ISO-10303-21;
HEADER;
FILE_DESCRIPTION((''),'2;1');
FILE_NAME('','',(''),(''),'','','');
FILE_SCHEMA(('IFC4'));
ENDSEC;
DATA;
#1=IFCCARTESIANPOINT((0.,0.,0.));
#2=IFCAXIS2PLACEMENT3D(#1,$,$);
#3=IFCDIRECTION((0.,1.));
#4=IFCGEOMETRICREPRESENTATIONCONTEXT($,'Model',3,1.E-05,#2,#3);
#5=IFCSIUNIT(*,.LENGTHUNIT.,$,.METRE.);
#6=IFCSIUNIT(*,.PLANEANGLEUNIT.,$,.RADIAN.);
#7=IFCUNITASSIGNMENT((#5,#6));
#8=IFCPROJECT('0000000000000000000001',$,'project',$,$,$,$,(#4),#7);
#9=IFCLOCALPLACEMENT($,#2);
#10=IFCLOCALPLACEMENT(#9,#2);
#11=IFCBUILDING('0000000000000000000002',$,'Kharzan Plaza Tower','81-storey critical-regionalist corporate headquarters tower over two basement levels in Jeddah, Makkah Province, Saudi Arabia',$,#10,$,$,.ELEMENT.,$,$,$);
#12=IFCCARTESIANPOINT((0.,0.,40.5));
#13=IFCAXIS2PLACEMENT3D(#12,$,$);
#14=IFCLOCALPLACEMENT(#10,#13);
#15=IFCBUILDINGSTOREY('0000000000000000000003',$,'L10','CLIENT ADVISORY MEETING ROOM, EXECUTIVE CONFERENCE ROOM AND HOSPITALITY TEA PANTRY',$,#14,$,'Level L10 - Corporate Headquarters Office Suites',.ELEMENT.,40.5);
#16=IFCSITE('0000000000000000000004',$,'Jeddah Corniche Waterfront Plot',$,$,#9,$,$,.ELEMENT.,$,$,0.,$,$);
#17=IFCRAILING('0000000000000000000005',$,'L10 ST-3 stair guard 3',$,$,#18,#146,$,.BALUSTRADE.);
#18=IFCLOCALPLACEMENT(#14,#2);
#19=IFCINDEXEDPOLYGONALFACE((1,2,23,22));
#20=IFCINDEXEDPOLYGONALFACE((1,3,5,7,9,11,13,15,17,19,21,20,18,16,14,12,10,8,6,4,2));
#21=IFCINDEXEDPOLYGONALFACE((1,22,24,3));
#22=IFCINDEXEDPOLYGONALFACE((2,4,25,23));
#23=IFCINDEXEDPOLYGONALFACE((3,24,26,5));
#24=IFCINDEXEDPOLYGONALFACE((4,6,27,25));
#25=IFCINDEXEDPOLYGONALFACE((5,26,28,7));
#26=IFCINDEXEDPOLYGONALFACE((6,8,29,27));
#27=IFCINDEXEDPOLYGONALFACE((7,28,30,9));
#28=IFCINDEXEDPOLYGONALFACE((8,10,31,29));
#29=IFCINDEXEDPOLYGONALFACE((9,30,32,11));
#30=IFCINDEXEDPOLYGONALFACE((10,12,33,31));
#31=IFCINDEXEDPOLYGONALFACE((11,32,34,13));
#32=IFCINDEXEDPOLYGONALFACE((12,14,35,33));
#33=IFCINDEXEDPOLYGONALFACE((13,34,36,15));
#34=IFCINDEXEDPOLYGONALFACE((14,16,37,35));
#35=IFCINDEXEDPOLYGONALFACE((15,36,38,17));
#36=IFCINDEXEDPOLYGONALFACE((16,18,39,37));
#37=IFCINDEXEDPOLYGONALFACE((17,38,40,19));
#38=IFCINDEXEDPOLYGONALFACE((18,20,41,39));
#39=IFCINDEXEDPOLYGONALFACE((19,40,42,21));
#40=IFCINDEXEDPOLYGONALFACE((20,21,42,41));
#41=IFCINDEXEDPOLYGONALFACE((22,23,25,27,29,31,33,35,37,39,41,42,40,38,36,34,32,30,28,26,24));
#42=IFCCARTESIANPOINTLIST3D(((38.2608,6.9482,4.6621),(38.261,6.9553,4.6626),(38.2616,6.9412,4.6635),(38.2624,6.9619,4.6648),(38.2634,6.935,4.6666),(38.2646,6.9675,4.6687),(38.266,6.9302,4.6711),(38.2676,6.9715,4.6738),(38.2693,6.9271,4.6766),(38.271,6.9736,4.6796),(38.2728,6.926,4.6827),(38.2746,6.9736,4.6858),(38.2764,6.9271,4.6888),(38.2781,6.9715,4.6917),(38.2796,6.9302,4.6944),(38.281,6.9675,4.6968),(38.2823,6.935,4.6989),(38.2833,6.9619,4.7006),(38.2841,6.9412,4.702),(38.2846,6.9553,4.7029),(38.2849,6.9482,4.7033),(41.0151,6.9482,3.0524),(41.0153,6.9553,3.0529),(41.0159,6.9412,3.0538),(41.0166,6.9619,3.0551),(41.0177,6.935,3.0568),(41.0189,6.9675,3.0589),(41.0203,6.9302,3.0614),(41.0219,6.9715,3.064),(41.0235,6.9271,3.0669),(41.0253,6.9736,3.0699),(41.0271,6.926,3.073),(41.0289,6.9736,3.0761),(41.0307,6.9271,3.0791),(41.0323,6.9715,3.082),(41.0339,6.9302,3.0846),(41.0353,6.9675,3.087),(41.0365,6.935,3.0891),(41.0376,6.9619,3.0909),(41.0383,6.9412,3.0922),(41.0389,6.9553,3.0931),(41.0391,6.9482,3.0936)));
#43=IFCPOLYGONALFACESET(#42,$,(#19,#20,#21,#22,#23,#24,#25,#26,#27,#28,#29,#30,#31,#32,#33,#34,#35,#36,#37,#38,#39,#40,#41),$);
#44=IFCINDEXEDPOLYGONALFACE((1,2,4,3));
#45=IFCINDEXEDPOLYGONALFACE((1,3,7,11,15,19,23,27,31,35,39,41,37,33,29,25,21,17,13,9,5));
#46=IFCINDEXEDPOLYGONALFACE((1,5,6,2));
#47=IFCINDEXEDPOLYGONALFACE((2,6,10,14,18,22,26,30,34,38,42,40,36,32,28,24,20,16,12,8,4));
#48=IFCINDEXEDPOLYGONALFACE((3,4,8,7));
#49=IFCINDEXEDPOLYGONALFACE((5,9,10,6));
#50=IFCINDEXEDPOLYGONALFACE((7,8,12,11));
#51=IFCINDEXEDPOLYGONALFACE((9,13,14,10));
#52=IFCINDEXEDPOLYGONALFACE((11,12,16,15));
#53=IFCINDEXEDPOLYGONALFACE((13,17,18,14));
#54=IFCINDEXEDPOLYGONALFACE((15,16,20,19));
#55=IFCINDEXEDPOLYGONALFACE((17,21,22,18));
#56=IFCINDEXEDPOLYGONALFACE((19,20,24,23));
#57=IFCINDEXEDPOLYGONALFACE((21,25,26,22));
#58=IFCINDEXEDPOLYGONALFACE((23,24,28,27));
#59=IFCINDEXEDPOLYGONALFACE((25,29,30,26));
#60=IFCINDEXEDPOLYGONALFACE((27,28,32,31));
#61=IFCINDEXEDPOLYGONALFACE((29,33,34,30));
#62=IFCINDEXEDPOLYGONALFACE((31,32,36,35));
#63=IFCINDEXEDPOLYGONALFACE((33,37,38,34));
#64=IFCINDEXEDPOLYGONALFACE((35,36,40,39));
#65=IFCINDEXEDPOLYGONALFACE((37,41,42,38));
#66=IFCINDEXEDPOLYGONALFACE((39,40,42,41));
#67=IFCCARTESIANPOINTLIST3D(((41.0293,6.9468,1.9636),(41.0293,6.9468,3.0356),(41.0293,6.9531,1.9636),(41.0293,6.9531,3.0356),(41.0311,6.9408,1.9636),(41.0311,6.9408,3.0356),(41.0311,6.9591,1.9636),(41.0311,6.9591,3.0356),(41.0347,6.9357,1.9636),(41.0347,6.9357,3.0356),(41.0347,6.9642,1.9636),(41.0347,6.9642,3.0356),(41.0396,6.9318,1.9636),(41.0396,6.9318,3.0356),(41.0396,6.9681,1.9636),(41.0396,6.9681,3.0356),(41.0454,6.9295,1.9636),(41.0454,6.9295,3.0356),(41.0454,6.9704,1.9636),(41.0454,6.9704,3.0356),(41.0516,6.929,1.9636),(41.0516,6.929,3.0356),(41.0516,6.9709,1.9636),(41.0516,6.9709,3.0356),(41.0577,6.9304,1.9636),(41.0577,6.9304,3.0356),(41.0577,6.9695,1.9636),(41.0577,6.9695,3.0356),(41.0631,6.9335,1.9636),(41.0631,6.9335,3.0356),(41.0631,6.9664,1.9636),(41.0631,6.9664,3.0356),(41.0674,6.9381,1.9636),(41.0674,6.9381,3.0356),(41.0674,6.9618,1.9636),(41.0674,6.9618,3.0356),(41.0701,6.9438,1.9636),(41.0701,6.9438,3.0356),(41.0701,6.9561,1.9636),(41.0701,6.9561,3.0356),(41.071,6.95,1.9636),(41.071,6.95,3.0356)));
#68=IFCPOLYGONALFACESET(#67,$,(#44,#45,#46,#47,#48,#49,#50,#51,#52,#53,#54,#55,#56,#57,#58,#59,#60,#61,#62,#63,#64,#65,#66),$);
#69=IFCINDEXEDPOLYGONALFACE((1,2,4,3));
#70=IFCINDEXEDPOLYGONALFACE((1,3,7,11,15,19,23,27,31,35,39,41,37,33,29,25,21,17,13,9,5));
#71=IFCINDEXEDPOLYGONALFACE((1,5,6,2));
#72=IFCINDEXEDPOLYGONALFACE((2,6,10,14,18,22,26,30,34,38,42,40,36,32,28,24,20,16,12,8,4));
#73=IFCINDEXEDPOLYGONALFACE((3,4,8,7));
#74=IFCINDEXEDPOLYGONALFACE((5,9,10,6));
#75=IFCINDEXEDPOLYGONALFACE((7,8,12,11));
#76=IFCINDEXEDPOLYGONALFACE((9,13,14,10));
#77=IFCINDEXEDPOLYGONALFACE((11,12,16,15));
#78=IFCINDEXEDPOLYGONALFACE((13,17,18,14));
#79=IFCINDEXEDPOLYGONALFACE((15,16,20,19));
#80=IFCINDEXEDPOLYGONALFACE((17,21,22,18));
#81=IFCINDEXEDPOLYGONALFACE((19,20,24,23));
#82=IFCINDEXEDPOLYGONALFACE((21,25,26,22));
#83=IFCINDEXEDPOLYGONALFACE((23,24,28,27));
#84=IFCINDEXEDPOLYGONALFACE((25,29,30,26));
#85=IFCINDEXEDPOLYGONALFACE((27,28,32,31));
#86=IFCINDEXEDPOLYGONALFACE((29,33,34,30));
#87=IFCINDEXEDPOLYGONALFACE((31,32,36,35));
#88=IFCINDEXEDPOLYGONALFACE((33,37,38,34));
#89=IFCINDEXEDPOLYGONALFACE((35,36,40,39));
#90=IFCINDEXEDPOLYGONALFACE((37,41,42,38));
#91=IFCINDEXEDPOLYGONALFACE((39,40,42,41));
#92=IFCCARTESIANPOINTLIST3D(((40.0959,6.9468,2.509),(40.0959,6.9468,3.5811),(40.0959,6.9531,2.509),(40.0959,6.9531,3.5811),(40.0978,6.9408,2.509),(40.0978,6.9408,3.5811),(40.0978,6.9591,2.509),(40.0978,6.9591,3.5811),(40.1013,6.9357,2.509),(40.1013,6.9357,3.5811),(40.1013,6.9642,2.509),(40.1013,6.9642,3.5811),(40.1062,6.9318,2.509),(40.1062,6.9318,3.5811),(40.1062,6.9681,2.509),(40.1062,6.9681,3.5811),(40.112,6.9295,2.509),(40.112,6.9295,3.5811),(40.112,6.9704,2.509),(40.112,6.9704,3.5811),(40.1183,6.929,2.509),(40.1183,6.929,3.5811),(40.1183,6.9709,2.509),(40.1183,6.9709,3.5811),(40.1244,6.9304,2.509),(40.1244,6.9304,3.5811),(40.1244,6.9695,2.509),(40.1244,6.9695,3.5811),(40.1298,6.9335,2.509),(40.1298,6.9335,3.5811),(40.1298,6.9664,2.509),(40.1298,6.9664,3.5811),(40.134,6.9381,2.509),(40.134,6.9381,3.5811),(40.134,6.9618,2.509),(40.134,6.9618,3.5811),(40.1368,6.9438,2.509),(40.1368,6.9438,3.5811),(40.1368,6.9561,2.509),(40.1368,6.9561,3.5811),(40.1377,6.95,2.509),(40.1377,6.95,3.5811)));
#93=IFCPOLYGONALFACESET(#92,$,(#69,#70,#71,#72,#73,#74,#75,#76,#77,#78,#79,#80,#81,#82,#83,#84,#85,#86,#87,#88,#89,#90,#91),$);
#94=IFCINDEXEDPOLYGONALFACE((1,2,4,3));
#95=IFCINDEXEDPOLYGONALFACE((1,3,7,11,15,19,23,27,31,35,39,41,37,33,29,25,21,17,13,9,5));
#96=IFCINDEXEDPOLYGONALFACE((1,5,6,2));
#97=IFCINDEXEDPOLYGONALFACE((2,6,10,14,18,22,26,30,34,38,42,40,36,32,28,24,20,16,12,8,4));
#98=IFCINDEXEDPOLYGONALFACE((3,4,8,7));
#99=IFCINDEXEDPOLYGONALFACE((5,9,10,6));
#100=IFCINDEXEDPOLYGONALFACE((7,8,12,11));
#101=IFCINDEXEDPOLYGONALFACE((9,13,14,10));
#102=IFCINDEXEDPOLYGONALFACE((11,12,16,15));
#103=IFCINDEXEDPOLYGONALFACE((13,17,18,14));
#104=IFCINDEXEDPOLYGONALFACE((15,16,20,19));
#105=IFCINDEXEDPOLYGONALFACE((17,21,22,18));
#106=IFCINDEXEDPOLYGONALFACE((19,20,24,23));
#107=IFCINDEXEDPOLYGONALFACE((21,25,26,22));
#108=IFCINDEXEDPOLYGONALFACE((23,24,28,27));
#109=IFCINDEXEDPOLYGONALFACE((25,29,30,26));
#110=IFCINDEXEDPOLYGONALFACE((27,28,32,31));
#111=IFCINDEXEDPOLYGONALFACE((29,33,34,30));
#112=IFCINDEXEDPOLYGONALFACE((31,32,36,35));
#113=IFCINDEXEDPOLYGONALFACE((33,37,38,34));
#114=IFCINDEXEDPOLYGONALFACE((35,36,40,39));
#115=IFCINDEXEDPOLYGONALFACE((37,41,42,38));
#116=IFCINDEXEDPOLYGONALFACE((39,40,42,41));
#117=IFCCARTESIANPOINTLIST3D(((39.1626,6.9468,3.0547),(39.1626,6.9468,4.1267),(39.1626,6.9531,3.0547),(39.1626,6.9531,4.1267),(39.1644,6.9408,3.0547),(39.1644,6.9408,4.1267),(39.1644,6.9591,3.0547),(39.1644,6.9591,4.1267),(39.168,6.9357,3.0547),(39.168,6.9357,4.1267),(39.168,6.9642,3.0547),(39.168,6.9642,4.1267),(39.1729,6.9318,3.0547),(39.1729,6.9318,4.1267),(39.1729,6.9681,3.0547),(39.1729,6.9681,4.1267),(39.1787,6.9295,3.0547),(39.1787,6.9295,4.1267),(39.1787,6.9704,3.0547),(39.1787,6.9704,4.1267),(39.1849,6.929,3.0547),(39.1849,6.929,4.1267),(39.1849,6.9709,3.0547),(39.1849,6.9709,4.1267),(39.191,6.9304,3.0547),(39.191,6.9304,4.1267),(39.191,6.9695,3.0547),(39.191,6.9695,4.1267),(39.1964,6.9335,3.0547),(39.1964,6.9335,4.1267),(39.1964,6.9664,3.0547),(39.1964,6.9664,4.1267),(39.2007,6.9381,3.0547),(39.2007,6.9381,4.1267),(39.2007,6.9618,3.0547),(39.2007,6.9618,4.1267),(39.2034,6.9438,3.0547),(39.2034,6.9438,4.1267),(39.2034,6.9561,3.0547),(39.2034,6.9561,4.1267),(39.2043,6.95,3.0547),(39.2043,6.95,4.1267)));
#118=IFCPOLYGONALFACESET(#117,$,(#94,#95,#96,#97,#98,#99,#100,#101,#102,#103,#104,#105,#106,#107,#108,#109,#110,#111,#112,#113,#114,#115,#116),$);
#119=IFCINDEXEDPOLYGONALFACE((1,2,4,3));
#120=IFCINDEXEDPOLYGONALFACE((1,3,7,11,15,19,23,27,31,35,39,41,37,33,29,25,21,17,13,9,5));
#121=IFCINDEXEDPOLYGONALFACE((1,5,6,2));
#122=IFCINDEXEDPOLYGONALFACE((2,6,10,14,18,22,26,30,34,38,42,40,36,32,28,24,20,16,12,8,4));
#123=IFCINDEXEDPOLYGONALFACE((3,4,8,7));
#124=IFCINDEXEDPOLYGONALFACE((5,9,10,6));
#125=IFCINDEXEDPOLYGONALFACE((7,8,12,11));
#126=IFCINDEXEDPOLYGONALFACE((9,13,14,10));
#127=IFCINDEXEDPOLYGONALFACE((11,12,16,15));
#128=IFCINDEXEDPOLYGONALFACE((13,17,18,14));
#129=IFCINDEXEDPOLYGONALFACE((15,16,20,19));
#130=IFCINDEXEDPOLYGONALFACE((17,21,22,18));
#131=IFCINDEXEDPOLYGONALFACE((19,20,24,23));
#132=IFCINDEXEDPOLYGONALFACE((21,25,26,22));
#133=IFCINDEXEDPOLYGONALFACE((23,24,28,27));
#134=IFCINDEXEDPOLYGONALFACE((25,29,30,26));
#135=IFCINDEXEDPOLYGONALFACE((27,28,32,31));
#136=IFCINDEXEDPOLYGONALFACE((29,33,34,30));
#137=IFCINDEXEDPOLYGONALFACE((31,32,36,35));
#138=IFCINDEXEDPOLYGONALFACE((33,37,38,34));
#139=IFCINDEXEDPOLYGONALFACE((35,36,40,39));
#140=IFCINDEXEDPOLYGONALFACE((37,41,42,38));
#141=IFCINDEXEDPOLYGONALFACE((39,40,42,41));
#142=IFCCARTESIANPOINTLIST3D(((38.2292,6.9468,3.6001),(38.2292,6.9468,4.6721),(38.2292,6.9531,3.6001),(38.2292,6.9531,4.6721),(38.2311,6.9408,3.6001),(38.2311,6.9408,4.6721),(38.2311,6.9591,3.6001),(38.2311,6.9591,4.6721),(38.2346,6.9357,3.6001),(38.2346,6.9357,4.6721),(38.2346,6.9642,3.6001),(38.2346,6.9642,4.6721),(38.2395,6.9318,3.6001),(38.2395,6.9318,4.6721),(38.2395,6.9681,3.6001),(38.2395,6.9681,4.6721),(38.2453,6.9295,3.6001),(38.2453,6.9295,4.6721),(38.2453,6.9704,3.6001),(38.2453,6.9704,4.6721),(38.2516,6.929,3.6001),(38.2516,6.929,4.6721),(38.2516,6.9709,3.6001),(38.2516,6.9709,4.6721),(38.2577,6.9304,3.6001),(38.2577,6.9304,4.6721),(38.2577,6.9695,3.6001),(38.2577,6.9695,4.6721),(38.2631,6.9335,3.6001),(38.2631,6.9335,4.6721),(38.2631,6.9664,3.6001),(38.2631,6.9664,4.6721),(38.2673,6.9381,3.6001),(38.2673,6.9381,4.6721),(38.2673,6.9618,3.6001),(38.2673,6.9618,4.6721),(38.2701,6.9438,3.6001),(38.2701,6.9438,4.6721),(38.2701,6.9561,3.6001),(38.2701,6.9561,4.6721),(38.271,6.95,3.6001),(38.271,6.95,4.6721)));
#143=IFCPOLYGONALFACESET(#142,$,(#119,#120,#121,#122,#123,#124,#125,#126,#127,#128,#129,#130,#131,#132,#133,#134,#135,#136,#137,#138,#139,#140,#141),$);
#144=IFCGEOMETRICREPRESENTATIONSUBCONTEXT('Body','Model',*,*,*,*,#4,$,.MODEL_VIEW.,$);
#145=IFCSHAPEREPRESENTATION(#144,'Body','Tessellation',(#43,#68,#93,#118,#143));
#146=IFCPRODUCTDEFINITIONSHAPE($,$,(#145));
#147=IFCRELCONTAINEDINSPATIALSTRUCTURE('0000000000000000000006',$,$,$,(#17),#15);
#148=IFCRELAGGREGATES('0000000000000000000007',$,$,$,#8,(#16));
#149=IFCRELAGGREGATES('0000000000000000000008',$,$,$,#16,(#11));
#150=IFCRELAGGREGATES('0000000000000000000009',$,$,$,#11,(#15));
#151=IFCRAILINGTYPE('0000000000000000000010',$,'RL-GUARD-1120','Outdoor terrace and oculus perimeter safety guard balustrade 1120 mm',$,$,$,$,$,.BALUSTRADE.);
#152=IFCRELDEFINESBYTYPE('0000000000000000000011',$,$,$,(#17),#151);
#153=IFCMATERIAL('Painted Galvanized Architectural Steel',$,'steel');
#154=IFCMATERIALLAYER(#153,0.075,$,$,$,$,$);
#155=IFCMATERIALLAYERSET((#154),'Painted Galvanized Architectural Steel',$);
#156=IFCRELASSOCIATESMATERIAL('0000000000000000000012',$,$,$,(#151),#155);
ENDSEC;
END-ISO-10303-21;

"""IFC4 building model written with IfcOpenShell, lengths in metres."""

from ifc_helpers import new_model, si_unit, direction, frame, origin, origin_2d, place, context, subcontext, project, spatial, circle, extrude, source, transform, mapped, material, layer, layer_set, type_object, element, save


model = new_model("IFC4")

# Units and contexts
model_context = context("Model", 3, precision=1e-05, world=origin(), true_north=direction((0.0, 1.0)))
body_context = subcontext(model_context, "Body", "Model", "MODEL_VIEW")
ifc_project = project(units=[si_unit("LENGTHUNIT", "METRE"), si_unit("PLANEANGLEUNIT", "RADIAN")], contexts=[model_context])

# Site, building, storey
site_placement = place(None, origin())
site = spatial("IfcSite", under=ifc_project, at=site_placement, Name="Jeddah Corniche Waterfront Plot", CompositionType="ELEMENT", RefElevation=0.0)
building_placement = place(site_placement, origin())
building = spatial("IfcBuilding", under=site, at=building_placement, Name="Kharzan Plaza Tower", Description="81-storey critical-regionalist corporate headquarters tower over two basement levels in Jeddah, Makkah Province, Saudi Arabia", CompositionType="ELEMENT")
storey_placement = place(building_placement, frame((0.0, 0.0, 40.5)))
storey = spatial("IfcBuildingStorey", under=building, at=storey_placement, Name="L10", Description="CLIENT ADVISORY MEETING ROOM, EXECUTIVE CONFERENCE ROOM AND HOSPITALITY TEA PANTRY", LongName="Level L10 - Corporate Headquarters Office Suites", CompositionType="ELEMENT", Elevation=40.5)

# Railing
ifc_material_1 = material(Name="Painted Galvanized Architectural Steel", Category="steel")
ifc_layer_1 = layer(ifc_material_1, 0.075)
ifc_layer_set_1 = layer_set([ifc_layer_1], Name="Painted Galvanized Architectural Steel")
railing_type_1 = type_object("IfcRailingType", Name="RL-GUARD-1120", Description="Outdoor terrace and oculus perimeter safety guard balustrade 1120 mm", PredefinedType="BALUSTRADE", material=ifc_layer_set_1)
shared_shape_1 = source(origin(), body_context, "Body", "SweptSolid", [
    extrude(circle(Radius=0.0239, at=origin_2d()), frame((-0.0229, 0.0, 1.1094), z_axis=(-0.863361, 0.0, 0.504587), x_axis=(0.0, -1.0, 0.0)), (0.0, 0.0, 1.0), 3.1902),
    extrude(circle(Radius=0.021, at=origin_2d()), origin(), (0.0, 0.0, 1.0), 1.072),
    extrude(circle(Radius=0.021, at=origin_2d()), frame((-0.9333, 0.0, 0.5454)), (0.0, 0.0, 1.0), 1.072),
    extrude(circle(Radius=0.021, at=origin_2d()), frame((-1.8667, 0.0, 1.0911)), (0.0, 0.0, 1.0), 1.072),
    extrude(circle(Radius=0.021, at=origin_2d()), frame((-2.8, 0.0, 1.6365)), (0.0, 0.0, 1.0), 1.072),
])
railing_1_placement = place(storey_placement, frame((41.05, 6.95, 1.9636)))
element("IfcRailing", 1, at=railing_1_placement, inside=storey, type_object=railing_type_1, Name="L10 ST-3 stair guard 3", PredefinedType="BALUSTRADE", context=body_context, shape_type="MappedRepresentation", body=[
    mapped(shared_shape_1, transform((0.0, 0.0, 0.0), x_axis=(1.0, 0.0, 0.0), y_axis=(0.0, 1.0, 0.0), z_axis=(0.0, 0.0, 1.0))),
])

save(model, "model.ifc")
